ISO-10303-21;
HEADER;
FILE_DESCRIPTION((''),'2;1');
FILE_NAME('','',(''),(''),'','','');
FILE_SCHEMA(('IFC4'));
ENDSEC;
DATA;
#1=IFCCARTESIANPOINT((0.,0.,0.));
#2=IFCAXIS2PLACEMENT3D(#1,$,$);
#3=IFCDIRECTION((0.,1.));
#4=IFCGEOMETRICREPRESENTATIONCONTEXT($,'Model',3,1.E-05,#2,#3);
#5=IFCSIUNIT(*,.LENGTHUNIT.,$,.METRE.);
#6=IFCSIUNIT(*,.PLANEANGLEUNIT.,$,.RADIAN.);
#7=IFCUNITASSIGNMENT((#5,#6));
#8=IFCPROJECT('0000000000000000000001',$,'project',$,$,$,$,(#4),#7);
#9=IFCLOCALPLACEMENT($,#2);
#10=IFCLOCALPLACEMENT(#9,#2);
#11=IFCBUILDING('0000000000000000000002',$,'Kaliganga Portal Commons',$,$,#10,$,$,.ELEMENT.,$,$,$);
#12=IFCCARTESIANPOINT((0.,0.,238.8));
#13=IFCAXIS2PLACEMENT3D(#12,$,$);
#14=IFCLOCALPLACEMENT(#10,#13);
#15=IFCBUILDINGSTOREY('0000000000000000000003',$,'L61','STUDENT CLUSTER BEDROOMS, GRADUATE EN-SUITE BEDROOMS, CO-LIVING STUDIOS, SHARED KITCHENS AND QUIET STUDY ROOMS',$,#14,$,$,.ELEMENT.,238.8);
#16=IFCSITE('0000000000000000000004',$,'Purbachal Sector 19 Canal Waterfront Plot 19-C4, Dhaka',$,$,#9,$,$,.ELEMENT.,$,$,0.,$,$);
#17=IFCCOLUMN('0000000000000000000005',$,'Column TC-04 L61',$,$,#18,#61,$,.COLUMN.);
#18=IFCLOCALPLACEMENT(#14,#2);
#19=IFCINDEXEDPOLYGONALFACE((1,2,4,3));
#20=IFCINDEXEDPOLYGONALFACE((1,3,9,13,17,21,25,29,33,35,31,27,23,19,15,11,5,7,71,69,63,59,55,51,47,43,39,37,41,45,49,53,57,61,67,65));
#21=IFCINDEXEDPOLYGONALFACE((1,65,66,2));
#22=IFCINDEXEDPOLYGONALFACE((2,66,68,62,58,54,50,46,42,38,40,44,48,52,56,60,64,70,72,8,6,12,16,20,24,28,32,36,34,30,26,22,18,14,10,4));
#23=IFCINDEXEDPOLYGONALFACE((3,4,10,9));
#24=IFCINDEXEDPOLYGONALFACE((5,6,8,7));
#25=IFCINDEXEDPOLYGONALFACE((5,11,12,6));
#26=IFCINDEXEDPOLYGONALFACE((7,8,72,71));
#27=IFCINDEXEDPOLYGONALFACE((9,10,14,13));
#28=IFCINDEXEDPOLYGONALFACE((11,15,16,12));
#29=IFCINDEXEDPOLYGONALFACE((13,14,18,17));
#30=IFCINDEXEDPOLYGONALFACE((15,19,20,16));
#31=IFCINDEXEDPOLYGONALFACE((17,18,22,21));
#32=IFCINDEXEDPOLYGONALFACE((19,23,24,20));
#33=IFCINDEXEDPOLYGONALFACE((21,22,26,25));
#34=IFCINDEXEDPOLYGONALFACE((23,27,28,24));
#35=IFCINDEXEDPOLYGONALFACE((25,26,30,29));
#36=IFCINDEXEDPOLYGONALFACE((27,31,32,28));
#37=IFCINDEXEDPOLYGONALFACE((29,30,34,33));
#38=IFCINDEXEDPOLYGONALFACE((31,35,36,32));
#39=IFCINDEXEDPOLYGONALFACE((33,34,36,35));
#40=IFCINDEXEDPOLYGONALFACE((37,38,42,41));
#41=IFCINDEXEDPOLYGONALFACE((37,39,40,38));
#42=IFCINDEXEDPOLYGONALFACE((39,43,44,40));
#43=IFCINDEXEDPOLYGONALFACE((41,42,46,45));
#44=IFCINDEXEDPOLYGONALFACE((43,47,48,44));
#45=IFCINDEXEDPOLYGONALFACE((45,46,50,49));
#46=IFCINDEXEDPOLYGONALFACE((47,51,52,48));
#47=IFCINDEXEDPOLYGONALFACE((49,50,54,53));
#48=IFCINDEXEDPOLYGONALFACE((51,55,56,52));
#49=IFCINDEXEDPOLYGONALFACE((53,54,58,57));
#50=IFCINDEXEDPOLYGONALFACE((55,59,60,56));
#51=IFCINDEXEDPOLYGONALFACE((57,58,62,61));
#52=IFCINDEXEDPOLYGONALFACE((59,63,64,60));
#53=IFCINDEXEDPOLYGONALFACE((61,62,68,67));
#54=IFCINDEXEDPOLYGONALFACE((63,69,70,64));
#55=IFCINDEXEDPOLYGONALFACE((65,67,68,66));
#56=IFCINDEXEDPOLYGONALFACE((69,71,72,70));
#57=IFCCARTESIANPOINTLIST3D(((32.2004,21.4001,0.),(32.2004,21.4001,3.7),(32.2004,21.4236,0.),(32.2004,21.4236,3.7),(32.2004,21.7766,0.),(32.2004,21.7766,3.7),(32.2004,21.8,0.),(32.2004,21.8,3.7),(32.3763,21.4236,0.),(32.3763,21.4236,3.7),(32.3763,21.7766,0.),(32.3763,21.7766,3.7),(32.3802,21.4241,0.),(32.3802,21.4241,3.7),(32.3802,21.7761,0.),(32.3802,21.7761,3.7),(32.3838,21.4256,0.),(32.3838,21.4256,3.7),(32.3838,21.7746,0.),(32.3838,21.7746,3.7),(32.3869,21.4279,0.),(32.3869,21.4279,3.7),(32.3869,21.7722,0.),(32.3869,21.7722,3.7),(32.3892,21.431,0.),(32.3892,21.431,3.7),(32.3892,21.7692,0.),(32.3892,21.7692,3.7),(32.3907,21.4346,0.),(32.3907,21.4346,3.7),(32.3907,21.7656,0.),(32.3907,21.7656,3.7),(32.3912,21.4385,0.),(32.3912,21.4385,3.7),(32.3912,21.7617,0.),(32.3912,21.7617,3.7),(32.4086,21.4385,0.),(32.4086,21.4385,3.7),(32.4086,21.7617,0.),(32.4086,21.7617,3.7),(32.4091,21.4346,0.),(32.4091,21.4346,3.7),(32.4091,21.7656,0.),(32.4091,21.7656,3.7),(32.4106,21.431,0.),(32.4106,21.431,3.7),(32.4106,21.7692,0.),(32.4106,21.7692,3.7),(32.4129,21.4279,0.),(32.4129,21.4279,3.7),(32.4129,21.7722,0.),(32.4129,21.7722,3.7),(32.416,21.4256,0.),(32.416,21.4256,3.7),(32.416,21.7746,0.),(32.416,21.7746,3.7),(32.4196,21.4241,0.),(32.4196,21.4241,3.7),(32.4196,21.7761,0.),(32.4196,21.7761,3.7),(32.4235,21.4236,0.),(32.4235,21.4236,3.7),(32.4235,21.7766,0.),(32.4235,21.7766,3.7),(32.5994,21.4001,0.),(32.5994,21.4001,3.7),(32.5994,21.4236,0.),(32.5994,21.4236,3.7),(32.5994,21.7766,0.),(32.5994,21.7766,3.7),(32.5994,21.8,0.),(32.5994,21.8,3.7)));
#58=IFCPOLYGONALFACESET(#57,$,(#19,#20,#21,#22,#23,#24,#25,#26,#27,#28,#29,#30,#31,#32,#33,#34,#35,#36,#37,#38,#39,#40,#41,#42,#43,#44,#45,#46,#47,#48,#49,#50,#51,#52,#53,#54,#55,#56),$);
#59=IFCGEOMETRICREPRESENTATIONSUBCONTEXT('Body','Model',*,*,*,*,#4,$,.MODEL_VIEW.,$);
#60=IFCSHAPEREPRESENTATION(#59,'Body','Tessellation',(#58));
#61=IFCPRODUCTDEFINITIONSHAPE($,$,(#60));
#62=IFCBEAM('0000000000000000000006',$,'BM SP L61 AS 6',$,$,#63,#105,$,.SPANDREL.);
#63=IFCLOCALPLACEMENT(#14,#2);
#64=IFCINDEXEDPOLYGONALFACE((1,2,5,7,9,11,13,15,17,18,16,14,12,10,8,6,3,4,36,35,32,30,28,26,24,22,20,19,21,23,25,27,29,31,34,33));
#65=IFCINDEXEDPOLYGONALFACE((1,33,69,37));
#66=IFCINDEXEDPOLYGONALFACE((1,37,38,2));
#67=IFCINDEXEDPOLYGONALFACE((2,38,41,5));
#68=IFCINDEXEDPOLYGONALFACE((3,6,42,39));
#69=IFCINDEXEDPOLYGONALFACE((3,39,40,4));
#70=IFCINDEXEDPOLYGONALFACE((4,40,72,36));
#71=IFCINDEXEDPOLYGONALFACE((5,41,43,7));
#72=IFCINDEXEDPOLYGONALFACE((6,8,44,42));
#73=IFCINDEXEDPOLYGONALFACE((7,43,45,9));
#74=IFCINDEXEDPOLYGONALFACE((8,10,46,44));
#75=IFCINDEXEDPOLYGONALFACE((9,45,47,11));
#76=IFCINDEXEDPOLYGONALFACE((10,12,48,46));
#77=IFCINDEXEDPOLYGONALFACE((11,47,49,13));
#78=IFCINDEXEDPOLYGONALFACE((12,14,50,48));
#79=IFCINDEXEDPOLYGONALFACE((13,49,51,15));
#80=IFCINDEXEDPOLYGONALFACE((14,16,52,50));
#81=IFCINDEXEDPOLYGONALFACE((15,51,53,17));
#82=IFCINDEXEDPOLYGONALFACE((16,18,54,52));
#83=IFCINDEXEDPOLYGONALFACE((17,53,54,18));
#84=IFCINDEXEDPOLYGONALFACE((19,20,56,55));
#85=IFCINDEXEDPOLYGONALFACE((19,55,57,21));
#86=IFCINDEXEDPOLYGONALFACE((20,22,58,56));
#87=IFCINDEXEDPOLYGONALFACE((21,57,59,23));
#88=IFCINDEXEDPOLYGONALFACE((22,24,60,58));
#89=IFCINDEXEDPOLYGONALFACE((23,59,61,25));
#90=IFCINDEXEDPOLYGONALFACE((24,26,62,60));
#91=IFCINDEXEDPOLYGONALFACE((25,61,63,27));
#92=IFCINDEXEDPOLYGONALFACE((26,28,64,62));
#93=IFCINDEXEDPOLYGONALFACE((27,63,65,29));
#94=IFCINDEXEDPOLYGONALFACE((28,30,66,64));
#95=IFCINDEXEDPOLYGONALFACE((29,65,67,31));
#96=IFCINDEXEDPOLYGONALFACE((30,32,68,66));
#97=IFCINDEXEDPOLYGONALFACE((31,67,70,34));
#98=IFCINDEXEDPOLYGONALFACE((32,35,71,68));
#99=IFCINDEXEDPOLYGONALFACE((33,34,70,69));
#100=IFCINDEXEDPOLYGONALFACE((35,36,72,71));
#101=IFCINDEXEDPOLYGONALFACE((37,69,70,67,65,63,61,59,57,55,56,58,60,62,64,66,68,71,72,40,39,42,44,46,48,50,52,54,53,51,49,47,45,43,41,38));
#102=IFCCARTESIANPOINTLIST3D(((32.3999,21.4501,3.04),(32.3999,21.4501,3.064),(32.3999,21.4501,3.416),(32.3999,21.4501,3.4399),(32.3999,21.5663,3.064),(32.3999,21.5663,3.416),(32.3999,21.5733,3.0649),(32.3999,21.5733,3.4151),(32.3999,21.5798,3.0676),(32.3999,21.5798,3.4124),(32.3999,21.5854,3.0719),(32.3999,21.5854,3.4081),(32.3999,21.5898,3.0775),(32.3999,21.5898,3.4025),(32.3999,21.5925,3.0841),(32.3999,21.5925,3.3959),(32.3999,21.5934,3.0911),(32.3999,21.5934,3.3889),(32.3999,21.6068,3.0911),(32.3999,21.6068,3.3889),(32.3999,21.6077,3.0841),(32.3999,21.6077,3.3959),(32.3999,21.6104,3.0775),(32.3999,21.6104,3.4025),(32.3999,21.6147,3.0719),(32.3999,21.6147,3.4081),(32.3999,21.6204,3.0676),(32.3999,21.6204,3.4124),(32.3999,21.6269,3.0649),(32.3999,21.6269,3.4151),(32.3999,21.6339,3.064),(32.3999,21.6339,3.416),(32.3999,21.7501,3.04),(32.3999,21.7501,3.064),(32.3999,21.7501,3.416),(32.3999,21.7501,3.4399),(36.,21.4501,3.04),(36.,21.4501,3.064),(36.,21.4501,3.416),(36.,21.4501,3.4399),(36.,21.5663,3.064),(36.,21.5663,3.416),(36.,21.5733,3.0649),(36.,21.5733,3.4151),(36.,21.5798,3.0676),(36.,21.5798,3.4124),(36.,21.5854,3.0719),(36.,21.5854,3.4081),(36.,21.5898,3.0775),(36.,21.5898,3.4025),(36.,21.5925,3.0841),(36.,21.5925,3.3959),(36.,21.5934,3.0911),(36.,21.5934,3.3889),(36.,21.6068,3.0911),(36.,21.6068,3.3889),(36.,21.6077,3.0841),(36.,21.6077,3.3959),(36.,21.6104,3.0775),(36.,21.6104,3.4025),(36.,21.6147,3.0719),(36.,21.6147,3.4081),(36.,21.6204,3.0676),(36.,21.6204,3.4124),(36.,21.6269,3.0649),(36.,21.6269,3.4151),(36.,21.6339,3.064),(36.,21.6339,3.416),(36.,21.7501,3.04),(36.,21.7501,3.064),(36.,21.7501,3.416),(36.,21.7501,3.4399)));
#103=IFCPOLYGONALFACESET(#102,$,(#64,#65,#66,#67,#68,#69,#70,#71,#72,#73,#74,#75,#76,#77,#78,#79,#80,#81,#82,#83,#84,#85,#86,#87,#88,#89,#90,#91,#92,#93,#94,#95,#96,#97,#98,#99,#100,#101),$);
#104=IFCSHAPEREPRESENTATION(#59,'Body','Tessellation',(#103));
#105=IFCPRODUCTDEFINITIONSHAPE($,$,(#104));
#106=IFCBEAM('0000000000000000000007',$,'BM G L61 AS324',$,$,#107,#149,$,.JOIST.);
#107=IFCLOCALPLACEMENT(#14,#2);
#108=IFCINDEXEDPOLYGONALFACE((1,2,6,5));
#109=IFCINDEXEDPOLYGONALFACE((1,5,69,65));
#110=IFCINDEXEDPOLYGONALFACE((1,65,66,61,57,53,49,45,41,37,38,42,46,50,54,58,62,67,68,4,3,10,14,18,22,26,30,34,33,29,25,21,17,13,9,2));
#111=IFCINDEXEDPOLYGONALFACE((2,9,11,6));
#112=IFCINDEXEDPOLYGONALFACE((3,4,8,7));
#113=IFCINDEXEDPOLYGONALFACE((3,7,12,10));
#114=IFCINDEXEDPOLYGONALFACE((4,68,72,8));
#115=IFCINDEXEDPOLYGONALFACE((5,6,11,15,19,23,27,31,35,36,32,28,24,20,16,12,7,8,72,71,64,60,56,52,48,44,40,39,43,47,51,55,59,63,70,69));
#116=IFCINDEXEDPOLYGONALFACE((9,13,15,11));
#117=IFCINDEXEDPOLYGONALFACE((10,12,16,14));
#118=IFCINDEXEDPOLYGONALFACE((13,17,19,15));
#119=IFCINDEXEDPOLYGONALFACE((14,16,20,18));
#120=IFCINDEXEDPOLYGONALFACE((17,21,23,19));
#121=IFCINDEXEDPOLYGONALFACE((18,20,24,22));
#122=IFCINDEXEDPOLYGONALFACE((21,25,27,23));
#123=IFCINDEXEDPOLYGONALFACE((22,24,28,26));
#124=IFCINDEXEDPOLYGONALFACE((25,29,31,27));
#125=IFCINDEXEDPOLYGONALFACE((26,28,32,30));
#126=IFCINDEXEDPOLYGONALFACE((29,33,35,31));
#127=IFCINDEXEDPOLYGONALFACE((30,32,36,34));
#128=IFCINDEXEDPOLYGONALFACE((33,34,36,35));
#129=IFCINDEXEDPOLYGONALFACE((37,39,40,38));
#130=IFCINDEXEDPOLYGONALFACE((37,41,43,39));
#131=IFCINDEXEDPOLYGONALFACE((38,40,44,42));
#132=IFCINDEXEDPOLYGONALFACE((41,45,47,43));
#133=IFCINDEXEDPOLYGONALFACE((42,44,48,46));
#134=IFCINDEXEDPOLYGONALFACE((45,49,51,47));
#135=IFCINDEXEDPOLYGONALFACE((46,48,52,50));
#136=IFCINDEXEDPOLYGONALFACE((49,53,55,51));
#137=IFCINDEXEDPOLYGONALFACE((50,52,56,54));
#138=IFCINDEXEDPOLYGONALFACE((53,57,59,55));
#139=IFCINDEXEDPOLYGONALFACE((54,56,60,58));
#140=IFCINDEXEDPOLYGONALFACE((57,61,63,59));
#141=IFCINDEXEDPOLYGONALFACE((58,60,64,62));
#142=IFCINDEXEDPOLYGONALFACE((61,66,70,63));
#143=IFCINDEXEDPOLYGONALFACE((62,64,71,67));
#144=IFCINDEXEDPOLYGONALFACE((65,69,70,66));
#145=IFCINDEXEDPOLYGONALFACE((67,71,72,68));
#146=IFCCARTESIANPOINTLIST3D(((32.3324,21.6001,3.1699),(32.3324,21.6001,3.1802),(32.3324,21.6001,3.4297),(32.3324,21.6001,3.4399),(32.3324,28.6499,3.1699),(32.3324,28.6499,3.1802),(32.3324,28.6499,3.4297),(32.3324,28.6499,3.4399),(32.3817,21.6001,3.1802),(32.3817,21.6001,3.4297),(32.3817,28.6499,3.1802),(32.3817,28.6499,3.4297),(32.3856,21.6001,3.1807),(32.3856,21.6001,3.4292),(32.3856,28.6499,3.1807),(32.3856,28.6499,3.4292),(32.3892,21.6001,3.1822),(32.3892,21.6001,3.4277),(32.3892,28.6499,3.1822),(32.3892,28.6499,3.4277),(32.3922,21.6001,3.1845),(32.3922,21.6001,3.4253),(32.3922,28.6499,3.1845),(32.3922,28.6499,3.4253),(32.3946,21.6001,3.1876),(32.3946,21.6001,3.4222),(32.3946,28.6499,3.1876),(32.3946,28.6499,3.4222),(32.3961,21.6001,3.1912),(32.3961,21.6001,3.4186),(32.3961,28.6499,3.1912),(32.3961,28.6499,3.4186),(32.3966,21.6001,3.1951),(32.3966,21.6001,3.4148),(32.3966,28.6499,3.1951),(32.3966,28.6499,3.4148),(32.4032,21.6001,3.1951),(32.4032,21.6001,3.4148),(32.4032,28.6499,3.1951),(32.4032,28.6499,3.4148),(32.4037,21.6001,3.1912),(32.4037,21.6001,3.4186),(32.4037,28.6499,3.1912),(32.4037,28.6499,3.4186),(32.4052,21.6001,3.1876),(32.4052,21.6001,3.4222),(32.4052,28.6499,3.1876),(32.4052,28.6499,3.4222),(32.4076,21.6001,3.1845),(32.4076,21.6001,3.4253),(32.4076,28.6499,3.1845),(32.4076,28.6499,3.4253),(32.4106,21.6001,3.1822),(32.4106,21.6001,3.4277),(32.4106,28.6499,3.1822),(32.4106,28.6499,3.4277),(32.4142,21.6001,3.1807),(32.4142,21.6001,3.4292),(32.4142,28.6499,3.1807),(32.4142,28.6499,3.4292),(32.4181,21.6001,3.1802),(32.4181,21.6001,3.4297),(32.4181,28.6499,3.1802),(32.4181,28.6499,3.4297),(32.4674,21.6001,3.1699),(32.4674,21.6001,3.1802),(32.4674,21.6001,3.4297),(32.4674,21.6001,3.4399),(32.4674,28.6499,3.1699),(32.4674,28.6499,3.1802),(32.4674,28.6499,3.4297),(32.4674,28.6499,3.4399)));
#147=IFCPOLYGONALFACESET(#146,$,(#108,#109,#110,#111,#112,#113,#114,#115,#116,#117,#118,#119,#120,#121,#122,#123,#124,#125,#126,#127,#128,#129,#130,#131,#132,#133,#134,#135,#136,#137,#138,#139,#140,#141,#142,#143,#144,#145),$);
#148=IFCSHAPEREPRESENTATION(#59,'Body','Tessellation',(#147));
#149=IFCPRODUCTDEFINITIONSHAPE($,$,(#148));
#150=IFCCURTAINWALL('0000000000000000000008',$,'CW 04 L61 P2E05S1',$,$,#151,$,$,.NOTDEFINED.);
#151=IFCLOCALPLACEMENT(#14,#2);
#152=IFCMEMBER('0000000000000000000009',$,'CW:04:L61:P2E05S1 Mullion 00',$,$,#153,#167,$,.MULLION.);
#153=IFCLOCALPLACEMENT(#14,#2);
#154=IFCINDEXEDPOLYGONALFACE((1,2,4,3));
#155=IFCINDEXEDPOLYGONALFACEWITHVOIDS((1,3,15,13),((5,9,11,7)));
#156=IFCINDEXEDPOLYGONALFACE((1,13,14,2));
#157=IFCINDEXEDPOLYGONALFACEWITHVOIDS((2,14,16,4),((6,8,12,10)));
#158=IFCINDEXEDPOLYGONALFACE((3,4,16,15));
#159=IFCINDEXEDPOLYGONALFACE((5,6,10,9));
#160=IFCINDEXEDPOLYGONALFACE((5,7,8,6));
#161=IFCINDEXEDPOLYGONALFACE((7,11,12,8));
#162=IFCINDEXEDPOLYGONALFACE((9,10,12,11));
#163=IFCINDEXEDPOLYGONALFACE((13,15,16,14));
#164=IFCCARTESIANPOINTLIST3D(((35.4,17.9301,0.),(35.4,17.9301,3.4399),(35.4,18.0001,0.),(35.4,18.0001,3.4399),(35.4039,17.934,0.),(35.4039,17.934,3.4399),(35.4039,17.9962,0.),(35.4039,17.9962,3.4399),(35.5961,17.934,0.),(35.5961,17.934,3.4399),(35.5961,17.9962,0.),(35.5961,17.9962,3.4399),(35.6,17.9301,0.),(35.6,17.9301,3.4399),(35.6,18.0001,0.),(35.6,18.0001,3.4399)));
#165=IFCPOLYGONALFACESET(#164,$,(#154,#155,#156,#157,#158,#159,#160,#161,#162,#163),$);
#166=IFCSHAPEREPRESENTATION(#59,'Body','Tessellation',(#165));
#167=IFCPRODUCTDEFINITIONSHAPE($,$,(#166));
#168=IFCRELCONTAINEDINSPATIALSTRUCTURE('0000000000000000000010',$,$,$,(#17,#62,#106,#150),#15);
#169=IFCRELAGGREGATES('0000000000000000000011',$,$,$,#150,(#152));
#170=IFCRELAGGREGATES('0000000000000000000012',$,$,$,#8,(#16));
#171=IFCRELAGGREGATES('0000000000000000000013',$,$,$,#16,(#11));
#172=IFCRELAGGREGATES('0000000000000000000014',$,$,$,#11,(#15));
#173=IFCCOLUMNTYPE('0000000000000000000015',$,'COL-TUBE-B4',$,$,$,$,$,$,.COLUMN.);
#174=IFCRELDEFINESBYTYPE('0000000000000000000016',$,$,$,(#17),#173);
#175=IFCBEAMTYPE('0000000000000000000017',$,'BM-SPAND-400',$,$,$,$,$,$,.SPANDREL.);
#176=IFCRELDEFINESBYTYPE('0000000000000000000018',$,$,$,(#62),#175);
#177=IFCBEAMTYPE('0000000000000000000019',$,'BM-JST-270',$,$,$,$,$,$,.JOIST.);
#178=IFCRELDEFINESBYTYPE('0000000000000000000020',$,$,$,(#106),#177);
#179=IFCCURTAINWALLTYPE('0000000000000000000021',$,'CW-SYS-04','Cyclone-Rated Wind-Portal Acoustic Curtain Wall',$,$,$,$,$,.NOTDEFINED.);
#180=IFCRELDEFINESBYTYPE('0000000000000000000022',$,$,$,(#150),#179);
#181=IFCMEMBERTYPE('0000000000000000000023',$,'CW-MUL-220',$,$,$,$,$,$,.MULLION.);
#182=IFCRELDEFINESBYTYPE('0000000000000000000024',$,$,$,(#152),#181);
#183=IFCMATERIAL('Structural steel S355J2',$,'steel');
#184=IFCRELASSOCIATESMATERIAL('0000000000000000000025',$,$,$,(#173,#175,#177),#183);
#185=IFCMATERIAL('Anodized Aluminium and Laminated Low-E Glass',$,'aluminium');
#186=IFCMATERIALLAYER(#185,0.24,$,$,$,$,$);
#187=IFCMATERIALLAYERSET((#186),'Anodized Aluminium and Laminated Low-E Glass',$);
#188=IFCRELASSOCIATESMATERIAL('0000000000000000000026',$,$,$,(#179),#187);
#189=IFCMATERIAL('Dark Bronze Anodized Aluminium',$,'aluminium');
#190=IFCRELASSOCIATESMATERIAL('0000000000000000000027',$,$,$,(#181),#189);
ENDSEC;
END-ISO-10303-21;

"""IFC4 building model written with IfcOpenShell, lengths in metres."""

from ifc_helpers import new_model, si_unit, direction, frame, origin, origin_2d, place, context, subcontext, project, spatial, hollow_rectangle, i_section, extrude, source, transform, mapped, material, layer, layer_set, material_profile, profile_set, type_object, element, aggregate, save


model = new_model("IFC4")

# Units and contexts
model_context = context("Model", 3, precision=1e-05, world=origin(), true_north=direction((0.0, 1.0)))
body_context = subcontext(model_context, "Body", "Model", "MODEL_VIEW")
ifc_project = project(units=[si_unit("LENGTHUNIT", "METRE"), si_unit("PLANEANGLEUNIT", "RADIAN")], contexts=[model_context])

# Site, building, storey
site_placement = place(None, origin())
site = spatial("IfcSite", under=ifc_project, at=site_placement, Name="Purbachal Sector 19 Canal Waterfront Plot 19-C4, Dhaka", CompositionType="ELEMENT", RefElevation=0.0)
building_placement = place(site_placement, origin())
building = spatial("IfcBuilding", under=site, at=building_placement, Name="Kaliganga Portal Commons", CompositionType="ELEMENT")
storey_placement = place(building_placement, frame((0.0, 0.0, 238.8)))
storey = spatial("IfcBuildingStorey", under=building, at=storey_placement, Name="L61", Description="STUDENT CLUSTER BEDROOMS, GRADUATE EN-SUITE BEDROOMS, CO-LIVING STUDIOS, SHARED KITCHENS AND QUIET STUDY ROOMS", CompositionType="ELEMENT", Elevation=238.8)

# Column
ifc_material_1 = material(Name="Structural steel S355J2", Category="steel")
ifc_material_profile_1 = material_profile(ifc_material_1, i_section(OverallWidth=0.3989, OverallDepth=0.3999, WebThickness=0.0173, FlangeThickness=0.0234, FilletRadius=0.0149, at=origin_2d()), Name="HD 400x287")
ifc_profile_set_1 = profile_set([ifc_material_profile_1], Name="Structural steel S355J2 wide-flange")
column_type = type_object("IfcColumnType", Name="COL-TUBE-B4", PredefinedType="COLUMN", material=ifc_profile_set_1)
shared_shape_1 = source(origin(), body_context, "Body", "SweptSolid", [
    extrude(i_section(OverallWidth=0.3989, OverallDepth=0.3999, WebThickness=0.0173, FlangeThickness=0.0234, FilletRadius=0.0149, at=origin_2d()), origin(), (0.0, 0.0, 1.0), 3.7),
])
column_placement = place(storey_placement, frame((32.3999, 21.6001, 0.0), z_axis=(0.0, 0.0, 1.0), x_axis=(1.0, 0.0, 0.0)))
element("IfcColumn", 1, at=column_placement, inside=storey, type_object=column_type, Name="Column TC-04 L61", PredefinedType="COLUMN", context=body_context, shape_type="MappedRepresentation", body=[
    mapped(shared_shape_1, transform((0.0, 0.0, 0.0), x_axis=(1.0, 0.0, 0.0), y_axis=(0.0, 1.0, 0.0), z_axis=(0.0, 0.0, 1.0), scale=1.0)),
])

# Beams
ifc_material_profile_2 = material_profile(ifc_material_1, i_section(OverallWidth=0.3, OverallDepth=0.3999, WebThickness=0.0134, FlangeThickness=0.0239, FilletRadius=0.0271, at=origin_2d()), Name="HE 400 B")
ifc_profile_set_2 = profile_set([ifc_material_profile_2], Name="Structural steel S355J2 wide-flange")
beam_type_1 = type_object("IfcBeamType", Name="BM-SPAND-400", PredefinedType="SPANDREL", material=ifc_profile_set_2)
shared_shape_2 = source(origin(), body_context, "Body", "SweptSolid", [
    extrude(i_section(OverallWidth=0.3, OverallDepth=0.3999, WebThickness=0.0134, FlangeThickness=0.0239, FilletRadius=0.0271, at=origin_2d()), origin(), (0.0, 0.0, 1.0), 3.6001),
])
beam_1_placement = place(storey_placement, frame((32.3999, 21.6001, 3.24), z_axis=(1.0, 0.0, 0.0), x_axis=(0.0, 1.0, 0.0)))
element("IfcBeam", 2, at=beam_1_placement, inside=storey, type_object=beam_type_1, Name="BM SP L61 AS 6", PredefinedType="SPANDREL", context=body_context, shape_type="MappedRepresentation", body=[
    mapped(shared_shape_2, transform((0.0, 0.0, 0.0), x_axis=(1.0, 0.0, 0.0), y_axis=(0.0, 1.0, 0.0), z_axis=(0.0, 0.0, 1.0), scale=1.0)),
])
ifc_material_profile_3 = material_profile(ifc_material_1, i_section(OverallWidth=0.135, OverallDepth=0.27, WebThickness=0.0066, FlangeThickness=0.0103, FilletRadius=0.0149, at=origin_2d()), Name="IPE 270")
ifc_profile_set_3 = profile_set([ifc_material_profile_3], Name="Structural steel S355J2 wide-flange")
beam_type_2 = type_object("IfcBeamType", Name="BM-JST-270", PredefinedType="JOIST", material=ifc_profile_set_3)
shared_shape_3 = source(origin(), body_context, "Body", "SweptSolid", [
    extrude(i_section(OverallWidth=0.135, OverallDepth=0.27, WebThickness=0.0066, FlangeThickness=0.0103, FilletRadius=0.0149, at=origin_2d()), origin(), (0.0, 0.0, 1.0), 7.0498),
])
beam_2_placement = place(storey_placement, frame((32.3999, 21.6001, 3.3049), z_axis=(0.0, 1.0, 0.0), x_axis=(-1.0, 0.0, 0.0)))
element("IfcBeam", 3, at=beam_2_placement, inside=storey, type_object=beam_type_2, Name="BM G L61 AS324", PredefinedType="JOIST", context=body_context, shape_type="MappedRepresentation", body=[
    mapped(shared_shape_3, transform((0.0, 0.0, 0.0), x_axis=(1.0, 0.0, 0.0), y_axis=(0.0, 1.0, 0.0), z_axis=(0.0, 0.0, 1.0), scale=1.0)),
])

# Curtain wall, member
ifc_material_2 = material(Name="Anodized Aluminium and Laminated Low-E Glass", Category="aluminium")
ifc_layer_1 = layer(ifc_material_2, 0.24)
ifc_layer_set_1 = layer_set([ifc_layer_1], Name="Anodized Aluminium and Laminated Low-E Glass")
curtain_wall_type = type_object("IfcCurtainWallType", Name="CW-SYS-04", Description="Cyclone-Rated Wind-Portal Acoustic Curtain Wall", PredefinedType="NOTDEFINED", material=ifc_layer_set_1)
curtain_wall_placement = place(storey_placement, origin())
curtain_wall = element("IfcCurtainWall", 4, at=curtain_wall_placement, inside=storey, type_object=curtain_wall_type, Name="CW 04 L61 P2E05S1", PredefinedType="NOTDEFINED")
ifc_material_3 = material(Name="Dark Bronze Anodized Aluminium", Category="aluminium")
ifc_material_profile_4 = material_profile(ifc_material_3, hollow_rectangle(XDim=0.0701, YDim=0.2, WallThickness=0.0039, at=origin_2d()), Name="ALU MULL 70x200x4")
ifc_profile_set_4 = profile_set([ifc_material_profile_4], Name="Dark Bronze Anodized Aluminium")
member_type_1 = type_object("IfcMemberType", Name="CW-MUL-220", PredefinedType="MULLION", material=ifc_profile_set_4)
shared_shape_4 = source(origin(), body_context, "Body", "SweptSolid", [
    extrude(hollow_rectangle(XDim=0.0701, YDim=0.2, WallThickness=0.0039, at=origin_2d()), origin(), (0.0, 0.0, 1.0), 3.4399),
])
member_1_placement = place(storey_placement, frame((35.5, 17.9651, 0.0), z_axis=(0.0, 0.0, 1.0), x_axis=(0.0, -1.0, 0.0)))
member_1 = element("IfcMember", 5, at=member_1_placement, type_object=member_type_1, Name="CW:04:L61:P2E05S1 Mullion 00", PredefinedType="MULLION", context=body_context, shape_type="MappedRepresentation", body=[
    mapped(shared_shape_4, transform((0.0, 0.0, 0.0), x_axis=(1.0, 0.0, 0.0), y_axis=(0.0, 1.0, 0.0), z_axis=(0.0, 0.0, 1.0), scale=1.0)),
])
aggregate(curtain_wall, [member_1])

save(model, "model.ifc")
